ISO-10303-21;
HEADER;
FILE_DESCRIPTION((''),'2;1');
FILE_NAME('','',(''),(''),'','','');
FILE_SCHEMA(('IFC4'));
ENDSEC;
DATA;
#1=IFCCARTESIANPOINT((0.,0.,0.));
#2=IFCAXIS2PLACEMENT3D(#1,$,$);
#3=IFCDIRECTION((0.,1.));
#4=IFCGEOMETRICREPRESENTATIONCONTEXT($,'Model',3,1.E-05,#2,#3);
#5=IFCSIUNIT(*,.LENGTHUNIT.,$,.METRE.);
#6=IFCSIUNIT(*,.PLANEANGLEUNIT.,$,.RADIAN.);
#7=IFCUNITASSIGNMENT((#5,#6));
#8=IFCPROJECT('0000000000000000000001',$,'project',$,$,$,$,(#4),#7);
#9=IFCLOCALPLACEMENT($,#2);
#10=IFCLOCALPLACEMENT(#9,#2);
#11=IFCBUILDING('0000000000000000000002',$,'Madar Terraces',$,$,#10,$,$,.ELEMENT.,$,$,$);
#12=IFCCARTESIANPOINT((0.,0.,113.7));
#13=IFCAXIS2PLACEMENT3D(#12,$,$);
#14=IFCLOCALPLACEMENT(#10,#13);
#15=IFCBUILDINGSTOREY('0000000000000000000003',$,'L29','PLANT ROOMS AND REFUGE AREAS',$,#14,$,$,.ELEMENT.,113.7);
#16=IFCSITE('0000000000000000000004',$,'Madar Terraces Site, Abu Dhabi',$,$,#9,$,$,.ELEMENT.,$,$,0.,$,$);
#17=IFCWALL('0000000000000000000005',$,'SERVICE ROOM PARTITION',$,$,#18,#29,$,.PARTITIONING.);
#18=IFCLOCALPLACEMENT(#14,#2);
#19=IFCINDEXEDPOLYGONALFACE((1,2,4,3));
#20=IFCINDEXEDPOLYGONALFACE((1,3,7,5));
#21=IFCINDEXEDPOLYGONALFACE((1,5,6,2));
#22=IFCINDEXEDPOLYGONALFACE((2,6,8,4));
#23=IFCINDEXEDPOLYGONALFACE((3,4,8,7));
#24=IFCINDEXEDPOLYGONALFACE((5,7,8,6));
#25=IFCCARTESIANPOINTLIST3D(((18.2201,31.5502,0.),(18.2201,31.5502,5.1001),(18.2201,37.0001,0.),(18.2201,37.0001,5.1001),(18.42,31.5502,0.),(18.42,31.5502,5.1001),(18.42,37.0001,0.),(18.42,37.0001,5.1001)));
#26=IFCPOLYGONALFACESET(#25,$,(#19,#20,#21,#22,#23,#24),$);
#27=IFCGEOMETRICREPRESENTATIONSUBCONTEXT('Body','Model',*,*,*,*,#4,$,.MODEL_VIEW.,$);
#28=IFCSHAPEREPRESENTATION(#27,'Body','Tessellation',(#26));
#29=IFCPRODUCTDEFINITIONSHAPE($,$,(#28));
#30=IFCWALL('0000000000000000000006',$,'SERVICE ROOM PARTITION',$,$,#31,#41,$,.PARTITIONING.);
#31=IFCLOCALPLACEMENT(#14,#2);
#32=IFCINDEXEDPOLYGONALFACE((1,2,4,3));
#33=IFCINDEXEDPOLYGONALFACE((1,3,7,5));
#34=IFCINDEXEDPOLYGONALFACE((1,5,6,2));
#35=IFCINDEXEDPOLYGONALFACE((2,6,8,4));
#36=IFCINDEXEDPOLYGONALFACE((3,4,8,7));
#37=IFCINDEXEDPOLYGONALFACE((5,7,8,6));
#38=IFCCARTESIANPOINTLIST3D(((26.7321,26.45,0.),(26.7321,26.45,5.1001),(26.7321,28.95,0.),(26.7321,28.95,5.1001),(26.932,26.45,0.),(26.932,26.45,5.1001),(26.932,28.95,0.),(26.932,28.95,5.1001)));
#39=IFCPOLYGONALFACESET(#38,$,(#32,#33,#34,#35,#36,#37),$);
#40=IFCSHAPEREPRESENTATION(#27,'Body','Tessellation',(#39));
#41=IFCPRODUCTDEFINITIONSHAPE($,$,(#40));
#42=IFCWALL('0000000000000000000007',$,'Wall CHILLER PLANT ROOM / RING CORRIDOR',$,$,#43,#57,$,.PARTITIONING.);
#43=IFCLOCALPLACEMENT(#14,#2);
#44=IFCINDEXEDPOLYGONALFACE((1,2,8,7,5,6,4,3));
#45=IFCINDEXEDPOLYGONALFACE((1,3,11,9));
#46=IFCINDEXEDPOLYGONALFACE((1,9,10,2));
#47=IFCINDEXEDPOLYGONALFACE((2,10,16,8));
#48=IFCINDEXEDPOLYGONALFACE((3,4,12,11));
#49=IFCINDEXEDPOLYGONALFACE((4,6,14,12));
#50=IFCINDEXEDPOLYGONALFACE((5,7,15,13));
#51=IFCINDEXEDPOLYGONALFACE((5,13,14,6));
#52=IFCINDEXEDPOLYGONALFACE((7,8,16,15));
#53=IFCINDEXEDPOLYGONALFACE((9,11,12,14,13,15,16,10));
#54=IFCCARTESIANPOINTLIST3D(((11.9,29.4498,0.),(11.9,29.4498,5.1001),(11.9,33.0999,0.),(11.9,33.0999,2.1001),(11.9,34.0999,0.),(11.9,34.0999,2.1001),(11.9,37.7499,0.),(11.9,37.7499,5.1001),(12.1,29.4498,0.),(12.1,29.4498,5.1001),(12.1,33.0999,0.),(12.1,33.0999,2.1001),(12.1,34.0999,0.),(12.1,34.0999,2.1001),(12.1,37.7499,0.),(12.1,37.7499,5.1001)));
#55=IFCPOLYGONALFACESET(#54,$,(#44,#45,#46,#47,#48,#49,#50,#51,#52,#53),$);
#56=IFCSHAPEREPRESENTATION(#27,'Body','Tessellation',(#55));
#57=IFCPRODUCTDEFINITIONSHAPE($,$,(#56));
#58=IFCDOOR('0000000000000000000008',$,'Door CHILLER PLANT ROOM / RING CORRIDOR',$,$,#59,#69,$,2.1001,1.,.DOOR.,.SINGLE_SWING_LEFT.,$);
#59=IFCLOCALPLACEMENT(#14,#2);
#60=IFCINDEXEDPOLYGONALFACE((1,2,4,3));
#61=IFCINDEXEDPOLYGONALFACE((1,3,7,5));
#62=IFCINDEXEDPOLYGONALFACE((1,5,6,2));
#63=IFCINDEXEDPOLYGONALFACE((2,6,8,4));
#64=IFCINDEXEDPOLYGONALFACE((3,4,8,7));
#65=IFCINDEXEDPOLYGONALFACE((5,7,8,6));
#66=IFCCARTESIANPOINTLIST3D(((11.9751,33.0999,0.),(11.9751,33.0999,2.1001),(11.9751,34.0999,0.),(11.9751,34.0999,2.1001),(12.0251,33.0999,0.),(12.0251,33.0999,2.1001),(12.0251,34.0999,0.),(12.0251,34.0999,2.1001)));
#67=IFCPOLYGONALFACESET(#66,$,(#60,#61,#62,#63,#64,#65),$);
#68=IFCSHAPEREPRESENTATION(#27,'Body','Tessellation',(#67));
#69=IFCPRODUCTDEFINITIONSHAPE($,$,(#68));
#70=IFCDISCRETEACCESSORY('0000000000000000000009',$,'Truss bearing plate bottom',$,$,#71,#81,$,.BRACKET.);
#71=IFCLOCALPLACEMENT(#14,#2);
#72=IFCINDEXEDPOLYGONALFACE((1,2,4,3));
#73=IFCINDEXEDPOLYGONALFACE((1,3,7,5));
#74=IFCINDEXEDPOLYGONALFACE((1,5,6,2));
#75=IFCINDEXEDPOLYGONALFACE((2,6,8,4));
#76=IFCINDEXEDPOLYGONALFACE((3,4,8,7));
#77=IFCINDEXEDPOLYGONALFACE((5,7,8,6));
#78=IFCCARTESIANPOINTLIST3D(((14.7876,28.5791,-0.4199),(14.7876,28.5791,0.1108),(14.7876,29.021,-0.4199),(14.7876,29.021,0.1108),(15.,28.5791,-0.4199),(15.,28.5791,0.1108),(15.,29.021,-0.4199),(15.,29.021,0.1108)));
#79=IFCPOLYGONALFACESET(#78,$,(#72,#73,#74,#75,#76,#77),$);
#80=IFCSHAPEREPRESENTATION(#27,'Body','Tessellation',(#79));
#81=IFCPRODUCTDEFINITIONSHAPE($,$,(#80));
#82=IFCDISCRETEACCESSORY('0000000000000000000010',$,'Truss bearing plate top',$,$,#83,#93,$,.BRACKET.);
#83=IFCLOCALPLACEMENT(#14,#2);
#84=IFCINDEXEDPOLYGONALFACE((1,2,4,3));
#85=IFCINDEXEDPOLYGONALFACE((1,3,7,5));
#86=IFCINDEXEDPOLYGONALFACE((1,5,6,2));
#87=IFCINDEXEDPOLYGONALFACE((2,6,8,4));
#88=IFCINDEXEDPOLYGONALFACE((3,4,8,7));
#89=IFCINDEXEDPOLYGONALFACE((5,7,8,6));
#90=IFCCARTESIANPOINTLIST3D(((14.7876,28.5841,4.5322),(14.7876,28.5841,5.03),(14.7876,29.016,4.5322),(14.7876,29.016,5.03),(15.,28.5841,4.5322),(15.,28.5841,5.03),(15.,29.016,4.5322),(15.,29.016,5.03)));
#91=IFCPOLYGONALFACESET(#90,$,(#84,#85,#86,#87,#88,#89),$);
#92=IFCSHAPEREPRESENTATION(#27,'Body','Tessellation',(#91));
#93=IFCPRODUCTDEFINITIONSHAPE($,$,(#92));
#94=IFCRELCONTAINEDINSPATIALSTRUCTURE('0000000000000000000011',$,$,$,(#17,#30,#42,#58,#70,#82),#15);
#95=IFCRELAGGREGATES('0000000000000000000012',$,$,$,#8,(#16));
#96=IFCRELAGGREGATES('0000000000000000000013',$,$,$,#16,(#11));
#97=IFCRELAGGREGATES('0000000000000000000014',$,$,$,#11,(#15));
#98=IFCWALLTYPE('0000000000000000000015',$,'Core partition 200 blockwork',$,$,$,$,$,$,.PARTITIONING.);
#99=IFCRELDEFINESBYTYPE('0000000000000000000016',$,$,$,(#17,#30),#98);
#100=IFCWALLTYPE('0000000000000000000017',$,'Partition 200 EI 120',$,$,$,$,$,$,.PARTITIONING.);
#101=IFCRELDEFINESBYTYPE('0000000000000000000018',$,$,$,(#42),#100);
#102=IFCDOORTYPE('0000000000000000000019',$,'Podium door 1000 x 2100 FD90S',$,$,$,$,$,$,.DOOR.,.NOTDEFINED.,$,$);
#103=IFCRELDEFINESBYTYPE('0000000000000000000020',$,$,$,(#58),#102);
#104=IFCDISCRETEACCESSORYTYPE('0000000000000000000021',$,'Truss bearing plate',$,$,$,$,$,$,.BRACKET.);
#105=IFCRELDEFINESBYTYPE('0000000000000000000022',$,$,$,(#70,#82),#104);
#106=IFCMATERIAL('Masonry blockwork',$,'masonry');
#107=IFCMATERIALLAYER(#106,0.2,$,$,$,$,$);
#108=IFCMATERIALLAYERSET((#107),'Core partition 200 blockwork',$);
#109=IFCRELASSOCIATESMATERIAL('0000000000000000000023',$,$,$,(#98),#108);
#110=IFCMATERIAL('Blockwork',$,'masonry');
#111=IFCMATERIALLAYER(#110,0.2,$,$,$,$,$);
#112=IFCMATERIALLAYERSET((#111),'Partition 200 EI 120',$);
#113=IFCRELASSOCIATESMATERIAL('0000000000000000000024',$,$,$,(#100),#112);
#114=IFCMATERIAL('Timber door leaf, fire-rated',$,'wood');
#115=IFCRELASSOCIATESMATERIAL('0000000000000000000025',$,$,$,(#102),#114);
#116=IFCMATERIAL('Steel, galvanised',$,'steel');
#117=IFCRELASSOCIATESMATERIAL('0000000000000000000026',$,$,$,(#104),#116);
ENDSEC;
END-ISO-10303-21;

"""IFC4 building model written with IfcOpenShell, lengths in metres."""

from ifc_helpers import new_model, si_unit, direction, frame, frame_2d, origin, origin_2d, place, context, subcontext, project, spatial, rectangle, extrude, material, layer, layer_set, type_object, element, fill, save


model = new_model("IFC4")

# Units and contexts
model_context = context("Model", 3, precision=1e-05, world=origin(), true_north=direction((0.0, 1.0)))
body_context = subcontext(model_context, "Body", "Model", "MODEL_VIEW")
ifc_project = project(units=[si_unit("LENGTHUNIT", "METRE"), si_unit("PLANEANGLEUNIT", "RADIAN")], contexts=[model_context])

# Site, building, storey
site_placement = place(None, origin())
site = spatial("IfcSite", under=ifc_project, at=site_placement, Name="Madar Terraces Site, Abu Dhabi", CompositionType="ELEMENT", RefElevation=0.0)
building_placement = place(site_placement, origin())
building = spatial("IfcBuilding", under=site, at=building_placement, Name="Madar Terraces", CompositionType="ELEMENT")
storey_placement = place(building_placement, frame((0.0, 0.0, 113.7)))
storey = spatial("IfcBuildingStorey", under=building, at=storey_placement, Name="L29", Description="PLANT ROOMS AND REFUGE AREAS", CompositionType="ELEMENT", Elevation=113.7)

# Walls
ifc_material_1 = material(Name="Masonry blockwork", Category="masonry")
ifc_layer_1 = layer(ifc_material_1, 0.2)
ifc_layer_set_1 = layer_set([ifc_layer_1], Name="Core partition 200 blockwork")
wall_type_1 = type_object("IfcWallType", Name="Core partition 200 blockwork", PredefinedType="PARTITIONING", material=ifc_layer_set_1)
wall_1_placement = place(storey_placement, frame((18.3201, 31.55, 0.0), z_axis=(0.0, 0.0, 1.0), x_axis=(0.0, 1.0, 0.0)))
element("IfcWall", 1, at=wall_1_placement, inside=storey, type_object=wall_type_1, Name="SERVICE ROOM PARTITION", PredefinedType="PARTITIONING", context=body_context, shape_type="SweptSolid", body=[
    extrude(rectangle(XDim=5.45, YDim=0.2, at=frame_2d((2.7251, 0.0))), origin(), (0.0, 0.0, 1.0), 5.1001),
])
wall_2_placement = place(storey_placement, frame((26.832, 26.45, 0.0), z_axis=(0.0, 0.0, 1.0), x_axis=(0.0, 1.0, 0.0)))
element("IfcWall", 2, at=wall_2_placement, inside=storey, type_object=wall_type_1, Name="SERVICE ROOM PARTITION", PredefinedType="PARTITIONING", context=body_context, shape_type="SweptSolid", body=[
    extrude(rectangle(XDim=2.5, YDim=0.2, at=frame_2d((1.25, 0.0))), origin(), (0.0, 0.0, 1.0), 5.1001),
])

# Wall, opening, door
ifc_material_2 = material(Name="Blockwork", Category="masonry")
ifc_layer_2 = layer(ifc_material_2, 0.2)
ifc_layer_set_2 = layer_set([ifc_layer_2], Name="Partition 200 EI 120")
wall_type_2 = type_object("IfcWallType", Name="Partition 200 EI 120", PredefinedType="PARTITIONING", material=ifc_layer_set_2)
wall_3_placement = place(storey_placement, frame((12.0, 29.45, 0.0), z_axis=(0.0, 0.0, 1.0), x_axis=(0.0, 1.0, 0.0)))
wall_3 = element("IfcWall", 3, at=wall_3_placement, inside=storey, type_object=wall_type_2, Name="Wall CHILLER PLANT ROOM / RING CORRIDOR", PredefinedType="PARTITIONING", context=body_context, shape_type="SweptSolid", body=[
    extrude(rectangle(XDim=8.3, YDim=0.2, at=frame_2d((4.1499, 0.0))), origin(), (0.0, 0.0, 1.0), 5.1001),
])
opening_1_placement = place(wall_3_placement, frame((3.6499, 0.0, 0.0)))
opening_1 = element("IfcOpeningElement", 4, at=opening_1_placement, cuts=wall_3, PredefinedType="OPENING", context=body_context, shape_type="SweptSolid", body=[
    extrude(rectangle(XDim=1.0, YDim=2.1001, at=frame_2d((0.5, 1.05))), frame((0.0, 0.1099, 0.0), z_axis=(0.0, -1.0, 0.0), x_axis=(1.0, 0.0, 0.0)), (0.0, 0.0, 1.0), 0.22),
])
ifc_material_3 = material(Name="Timber door leaf, fire-rated", Category="wood")
door_type_1 = type_object("IfcDoorType", Name="Podium door 1000 x 2100 FD90S", OperationType="NOTDEFINED", PredefinedType="DOOR", material=ifc_material_3)
door_1_placement = place(opening_1_placement, origin())
door_1 = element("IfcDoor", 5, at=door_1_placement, inside=storey, type_object=door_type_1, Name="Door CHILLER PLANT ROOM / RING CORRIDOR", OperationType="SINGLE_SWING_LEFT", OverallHeight=2.1001, OverallWidth=1.0, PredefinedType="DOOR", context=body_context, shape_type="SweptSolid", body=[
    extrude(rectangle(XDim=1.0, YDim=2.1001, at=frame_2d((0.5, 1.05))), frame((0.0, 0.0249, 0.0), z_axis=(0.0, -1.0, 0.0), x_axis=(1.0, 0.0, 0.0)), (0.0, 0.0, 1.0), 0.05),
])
fill(opening_1, door_1)

# Discrete accessories
ifc_material_4 = material(Name="Steel, galvanised", Category="steel")
discrete_accessory_type = type_object("IfcDiscreteAccessoryType", Name="Truss bearing plate", PredefinedType="BRACKET", material=ifc_material_4)
discrete_accessory_1_placement = place(storey_placement, frame((14.8938, 28.8, -0.4199), z_axis=(0.0, 0.0, 1.0), x_axis=(1.0, 0.0, 0.0)))
element("IfcDiscreteAccessory", 6, at=discrete_accessory_1_placement, inside=storey, type_object=discrete_accessory_type, Name="Truss bearing plate bottom", PredefinedType="BRACKET", context=body_context, shape_type="SweptSolid", body=[
    extrude(rectangle(XDim=0.2124, YDim=0.4419, at=origin_2d()), origin(), (0.0, 0.0, 1.0), 0.5308),
])
discrete_accessory_2_placement = place(storey_placement, frame((14.8938, 28.8, 4.5322), z_axis=(0.0, 0.0, 1.0), x_axis=(1.0, 0.0, 0.0)))
element("IfcDiscreteAccessory", 7, at=discrete_accessory_2_placement, inside=storey, type_object=discrete_accessory_type, Name="Truss bearing plate top", PredefinedType="BRACKET", context=body_context, shape_type="SweptSolid", body=[
    extrude(rectangle(XDim=0.2124, YDim=0.4319, at=origin_2d()), origin(), (0.0, 0.0, 1.0), 0.4978),
])

save(model, "model.ifc")
